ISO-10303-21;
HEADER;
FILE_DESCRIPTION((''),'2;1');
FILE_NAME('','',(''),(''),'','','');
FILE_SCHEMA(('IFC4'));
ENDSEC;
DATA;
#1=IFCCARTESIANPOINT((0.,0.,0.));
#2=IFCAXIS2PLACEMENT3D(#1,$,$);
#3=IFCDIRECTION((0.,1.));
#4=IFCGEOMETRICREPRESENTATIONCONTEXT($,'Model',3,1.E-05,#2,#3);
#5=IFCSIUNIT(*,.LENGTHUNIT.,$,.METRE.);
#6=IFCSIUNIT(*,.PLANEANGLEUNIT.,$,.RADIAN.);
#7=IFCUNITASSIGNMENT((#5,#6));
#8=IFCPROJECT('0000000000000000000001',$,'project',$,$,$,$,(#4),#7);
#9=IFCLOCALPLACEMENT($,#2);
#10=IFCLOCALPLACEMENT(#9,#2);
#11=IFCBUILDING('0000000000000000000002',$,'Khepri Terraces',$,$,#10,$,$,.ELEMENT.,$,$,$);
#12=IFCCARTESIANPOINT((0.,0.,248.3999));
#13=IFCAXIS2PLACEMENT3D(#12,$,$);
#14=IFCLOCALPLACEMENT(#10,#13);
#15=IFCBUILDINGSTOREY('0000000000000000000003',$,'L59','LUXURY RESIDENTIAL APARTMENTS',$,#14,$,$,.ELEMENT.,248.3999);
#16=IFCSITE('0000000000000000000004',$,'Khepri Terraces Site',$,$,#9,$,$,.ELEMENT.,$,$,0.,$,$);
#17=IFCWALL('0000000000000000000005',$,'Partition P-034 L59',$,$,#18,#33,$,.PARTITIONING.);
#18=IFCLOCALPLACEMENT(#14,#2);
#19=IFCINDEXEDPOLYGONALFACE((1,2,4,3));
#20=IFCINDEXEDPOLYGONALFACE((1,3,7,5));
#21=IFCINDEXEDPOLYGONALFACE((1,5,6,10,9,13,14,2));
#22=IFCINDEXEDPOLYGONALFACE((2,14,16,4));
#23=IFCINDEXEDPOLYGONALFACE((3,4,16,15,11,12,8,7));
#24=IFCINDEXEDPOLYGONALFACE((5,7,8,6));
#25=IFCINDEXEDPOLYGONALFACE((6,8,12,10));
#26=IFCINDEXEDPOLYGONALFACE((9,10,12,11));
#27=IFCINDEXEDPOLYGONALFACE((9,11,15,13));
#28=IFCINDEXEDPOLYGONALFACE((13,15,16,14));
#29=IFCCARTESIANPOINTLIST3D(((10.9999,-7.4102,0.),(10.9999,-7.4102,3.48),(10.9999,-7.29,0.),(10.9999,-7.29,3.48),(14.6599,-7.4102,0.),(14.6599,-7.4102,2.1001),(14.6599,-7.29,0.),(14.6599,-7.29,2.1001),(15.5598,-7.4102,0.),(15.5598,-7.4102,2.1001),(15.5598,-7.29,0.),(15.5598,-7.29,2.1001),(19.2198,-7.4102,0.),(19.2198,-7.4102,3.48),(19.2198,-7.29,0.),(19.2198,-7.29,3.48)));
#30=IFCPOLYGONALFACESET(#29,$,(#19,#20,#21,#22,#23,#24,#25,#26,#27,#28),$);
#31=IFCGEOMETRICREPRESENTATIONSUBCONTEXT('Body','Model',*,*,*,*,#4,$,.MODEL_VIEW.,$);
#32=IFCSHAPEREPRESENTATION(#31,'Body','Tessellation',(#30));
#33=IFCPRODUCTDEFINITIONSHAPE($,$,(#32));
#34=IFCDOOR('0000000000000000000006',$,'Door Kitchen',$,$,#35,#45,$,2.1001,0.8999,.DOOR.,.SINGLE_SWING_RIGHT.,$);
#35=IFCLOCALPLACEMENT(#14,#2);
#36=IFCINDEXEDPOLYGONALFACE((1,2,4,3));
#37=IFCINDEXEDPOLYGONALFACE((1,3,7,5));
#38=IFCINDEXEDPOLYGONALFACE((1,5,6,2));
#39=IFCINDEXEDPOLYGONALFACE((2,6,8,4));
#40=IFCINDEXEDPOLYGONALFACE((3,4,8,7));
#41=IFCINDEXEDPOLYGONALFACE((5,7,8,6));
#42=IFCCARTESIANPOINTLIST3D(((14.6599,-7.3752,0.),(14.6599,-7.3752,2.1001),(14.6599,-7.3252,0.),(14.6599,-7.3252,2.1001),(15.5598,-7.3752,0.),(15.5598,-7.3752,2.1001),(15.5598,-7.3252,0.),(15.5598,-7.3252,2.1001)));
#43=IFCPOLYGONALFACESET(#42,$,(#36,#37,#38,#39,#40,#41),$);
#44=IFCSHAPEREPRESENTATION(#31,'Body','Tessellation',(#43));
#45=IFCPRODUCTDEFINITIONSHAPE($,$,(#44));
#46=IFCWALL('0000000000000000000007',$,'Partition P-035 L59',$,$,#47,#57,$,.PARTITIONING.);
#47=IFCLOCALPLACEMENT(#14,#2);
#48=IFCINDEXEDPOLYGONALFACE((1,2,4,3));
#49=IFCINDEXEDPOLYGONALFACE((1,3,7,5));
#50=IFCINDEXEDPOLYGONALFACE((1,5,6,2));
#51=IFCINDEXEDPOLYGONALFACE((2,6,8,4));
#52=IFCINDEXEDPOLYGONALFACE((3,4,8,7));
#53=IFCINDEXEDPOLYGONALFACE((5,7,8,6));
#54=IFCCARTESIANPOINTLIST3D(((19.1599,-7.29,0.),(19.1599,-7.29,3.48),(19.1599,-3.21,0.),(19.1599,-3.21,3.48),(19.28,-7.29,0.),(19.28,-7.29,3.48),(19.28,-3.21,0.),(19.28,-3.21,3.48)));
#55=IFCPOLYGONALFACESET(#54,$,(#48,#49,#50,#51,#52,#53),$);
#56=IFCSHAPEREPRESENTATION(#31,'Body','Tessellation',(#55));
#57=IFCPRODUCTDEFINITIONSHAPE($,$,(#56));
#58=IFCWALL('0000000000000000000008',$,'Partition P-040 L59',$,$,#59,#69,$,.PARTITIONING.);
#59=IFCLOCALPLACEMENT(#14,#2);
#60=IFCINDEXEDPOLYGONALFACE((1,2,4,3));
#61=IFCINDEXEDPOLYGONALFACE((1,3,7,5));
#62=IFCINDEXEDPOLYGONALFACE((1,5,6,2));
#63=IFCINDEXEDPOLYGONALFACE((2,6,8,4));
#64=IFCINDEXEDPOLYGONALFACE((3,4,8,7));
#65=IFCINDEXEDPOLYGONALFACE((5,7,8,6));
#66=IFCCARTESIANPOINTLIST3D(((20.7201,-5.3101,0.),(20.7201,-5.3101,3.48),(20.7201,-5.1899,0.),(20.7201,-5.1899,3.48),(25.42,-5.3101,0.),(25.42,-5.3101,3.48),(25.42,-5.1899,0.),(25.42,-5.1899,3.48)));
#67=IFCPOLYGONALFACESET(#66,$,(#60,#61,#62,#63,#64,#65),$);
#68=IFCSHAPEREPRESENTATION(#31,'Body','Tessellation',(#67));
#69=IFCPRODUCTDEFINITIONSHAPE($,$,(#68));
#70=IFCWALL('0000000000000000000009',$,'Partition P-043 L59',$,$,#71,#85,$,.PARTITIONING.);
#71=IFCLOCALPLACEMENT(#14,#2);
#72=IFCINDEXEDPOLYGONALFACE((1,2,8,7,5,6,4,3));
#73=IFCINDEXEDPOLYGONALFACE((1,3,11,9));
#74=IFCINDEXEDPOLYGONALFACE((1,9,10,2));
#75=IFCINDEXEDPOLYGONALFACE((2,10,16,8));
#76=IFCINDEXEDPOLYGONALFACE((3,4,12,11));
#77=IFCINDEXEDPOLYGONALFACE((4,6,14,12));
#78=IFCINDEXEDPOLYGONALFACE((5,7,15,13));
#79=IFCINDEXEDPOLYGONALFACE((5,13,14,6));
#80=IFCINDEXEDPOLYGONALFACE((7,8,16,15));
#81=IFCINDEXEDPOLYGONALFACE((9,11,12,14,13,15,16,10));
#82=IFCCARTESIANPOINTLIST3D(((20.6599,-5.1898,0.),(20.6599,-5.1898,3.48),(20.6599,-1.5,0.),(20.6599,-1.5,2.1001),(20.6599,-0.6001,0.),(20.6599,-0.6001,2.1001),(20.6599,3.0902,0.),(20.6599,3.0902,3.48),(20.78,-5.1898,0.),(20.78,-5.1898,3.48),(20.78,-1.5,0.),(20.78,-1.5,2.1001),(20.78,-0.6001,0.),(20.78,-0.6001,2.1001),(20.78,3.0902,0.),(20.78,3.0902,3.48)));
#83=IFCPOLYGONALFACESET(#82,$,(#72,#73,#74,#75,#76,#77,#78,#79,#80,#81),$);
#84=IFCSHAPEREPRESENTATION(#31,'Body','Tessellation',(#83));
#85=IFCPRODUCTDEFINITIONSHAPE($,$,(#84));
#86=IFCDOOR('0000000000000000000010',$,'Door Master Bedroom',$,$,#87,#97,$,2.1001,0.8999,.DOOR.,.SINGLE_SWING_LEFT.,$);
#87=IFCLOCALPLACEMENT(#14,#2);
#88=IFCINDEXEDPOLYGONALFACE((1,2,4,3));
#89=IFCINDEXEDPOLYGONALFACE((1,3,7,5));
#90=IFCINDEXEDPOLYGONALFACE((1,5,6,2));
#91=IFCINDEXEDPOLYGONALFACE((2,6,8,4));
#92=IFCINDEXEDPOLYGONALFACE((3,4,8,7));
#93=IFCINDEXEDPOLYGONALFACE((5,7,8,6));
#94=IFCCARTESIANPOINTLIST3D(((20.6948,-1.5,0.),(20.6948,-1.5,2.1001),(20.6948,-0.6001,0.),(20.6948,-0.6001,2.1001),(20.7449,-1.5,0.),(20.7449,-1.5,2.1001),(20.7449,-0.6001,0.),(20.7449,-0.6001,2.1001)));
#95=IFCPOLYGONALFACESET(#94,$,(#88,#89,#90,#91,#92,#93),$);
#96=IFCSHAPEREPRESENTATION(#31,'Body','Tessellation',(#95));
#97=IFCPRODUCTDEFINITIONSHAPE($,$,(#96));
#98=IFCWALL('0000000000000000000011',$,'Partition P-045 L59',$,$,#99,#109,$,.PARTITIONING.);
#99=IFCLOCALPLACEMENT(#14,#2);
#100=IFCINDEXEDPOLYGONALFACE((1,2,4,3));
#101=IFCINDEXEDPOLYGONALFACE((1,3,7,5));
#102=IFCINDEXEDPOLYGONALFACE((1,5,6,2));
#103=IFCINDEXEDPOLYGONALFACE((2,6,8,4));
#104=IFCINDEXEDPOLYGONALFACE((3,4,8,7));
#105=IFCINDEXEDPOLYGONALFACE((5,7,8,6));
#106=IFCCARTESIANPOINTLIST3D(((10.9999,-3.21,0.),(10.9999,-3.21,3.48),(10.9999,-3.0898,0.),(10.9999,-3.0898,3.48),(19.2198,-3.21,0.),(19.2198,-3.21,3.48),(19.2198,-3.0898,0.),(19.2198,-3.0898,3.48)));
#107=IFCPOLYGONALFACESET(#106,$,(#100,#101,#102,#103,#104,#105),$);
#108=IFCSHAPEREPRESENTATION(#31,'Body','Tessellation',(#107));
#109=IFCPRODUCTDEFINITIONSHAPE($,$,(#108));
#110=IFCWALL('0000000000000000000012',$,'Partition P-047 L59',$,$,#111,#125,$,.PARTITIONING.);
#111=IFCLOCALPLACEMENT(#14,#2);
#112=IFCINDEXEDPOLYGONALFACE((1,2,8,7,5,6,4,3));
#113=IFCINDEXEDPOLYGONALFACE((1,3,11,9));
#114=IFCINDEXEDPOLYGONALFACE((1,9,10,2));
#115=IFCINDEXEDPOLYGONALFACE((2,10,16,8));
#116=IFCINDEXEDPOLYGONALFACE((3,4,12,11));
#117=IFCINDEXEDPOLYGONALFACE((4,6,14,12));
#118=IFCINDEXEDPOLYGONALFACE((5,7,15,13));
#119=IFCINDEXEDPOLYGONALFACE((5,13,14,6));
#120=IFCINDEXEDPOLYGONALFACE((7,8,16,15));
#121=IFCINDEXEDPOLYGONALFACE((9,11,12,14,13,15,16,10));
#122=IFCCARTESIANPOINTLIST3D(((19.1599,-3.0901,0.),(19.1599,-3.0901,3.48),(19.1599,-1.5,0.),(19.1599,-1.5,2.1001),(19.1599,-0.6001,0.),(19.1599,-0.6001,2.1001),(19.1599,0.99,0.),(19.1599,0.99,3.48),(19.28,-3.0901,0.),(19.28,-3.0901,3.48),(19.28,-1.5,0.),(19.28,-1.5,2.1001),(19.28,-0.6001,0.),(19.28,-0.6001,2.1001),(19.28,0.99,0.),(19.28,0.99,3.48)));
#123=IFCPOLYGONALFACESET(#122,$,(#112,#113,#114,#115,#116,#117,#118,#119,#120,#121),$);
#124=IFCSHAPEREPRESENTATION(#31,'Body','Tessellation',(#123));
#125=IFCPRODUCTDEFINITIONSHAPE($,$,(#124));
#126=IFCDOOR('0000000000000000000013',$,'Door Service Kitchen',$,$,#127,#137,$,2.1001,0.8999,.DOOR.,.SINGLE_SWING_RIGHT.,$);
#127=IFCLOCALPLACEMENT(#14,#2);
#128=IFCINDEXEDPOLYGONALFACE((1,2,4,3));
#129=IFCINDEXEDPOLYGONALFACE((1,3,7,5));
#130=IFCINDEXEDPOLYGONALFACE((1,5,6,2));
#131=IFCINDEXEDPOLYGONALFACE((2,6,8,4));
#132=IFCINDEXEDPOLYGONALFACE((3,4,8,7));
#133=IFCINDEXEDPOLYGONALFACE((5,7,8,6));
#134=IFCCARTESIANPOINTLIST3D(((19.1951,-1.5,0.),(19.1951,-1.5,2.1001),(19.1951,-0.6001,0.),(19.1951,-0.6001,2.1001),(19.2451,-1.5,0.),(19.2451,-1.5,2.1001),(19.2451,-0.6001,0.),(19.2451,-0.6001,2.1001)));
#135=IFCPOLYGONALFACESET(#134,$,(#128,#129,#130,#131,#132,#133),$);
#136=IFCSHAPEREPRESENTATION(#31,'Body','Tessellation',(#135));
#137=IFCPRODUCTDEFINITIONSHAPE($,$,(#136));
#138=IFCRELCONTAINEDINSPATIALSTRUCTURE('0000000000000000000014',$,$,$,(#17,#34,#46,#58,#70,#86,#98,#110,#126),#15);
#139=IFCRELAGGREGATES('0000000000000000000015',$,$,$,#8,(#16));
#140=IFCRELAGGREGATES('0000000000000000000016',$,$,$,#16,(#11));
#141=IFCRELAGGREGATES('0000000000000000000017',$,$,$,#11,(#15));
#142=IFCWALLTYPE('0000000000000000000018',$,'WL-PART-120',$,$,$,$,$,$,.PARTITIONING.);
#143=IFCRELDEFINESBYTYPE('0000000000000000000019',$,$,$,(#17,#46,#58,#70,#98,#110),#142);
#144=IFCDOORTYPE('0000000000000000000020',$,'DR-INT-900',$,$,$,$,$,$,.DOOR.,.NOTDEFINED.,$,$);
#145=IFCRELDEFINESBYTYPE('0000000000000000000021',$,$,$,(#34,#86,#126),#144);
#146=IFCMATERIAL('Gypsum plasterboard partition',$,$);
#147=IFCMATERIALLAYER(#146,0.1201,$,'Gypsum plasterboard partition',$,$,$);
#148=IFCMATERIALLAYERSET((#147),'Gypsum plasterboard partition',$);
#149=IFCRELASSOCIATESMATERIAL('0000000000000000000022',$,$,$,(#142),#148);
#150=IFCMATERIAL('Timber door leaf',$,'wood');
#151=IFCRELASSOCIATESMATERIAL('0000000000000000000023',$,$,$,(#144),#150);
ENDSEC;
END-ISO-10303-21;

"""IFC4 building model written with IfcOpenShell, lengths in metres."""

from ifc_helpers import new_model, si_unit, direction, frame, frame_2d, origin, place, context, subcontext, project, spatial, rectangle, extrude, material, layer, layer_set, type_object, element, fill, save


model = new_model("IFC4")

# Units and contexts
model_context = context("Model", 3, precision=1e-05, world=origin(), true_north=direction((0.0, 1.0)))
body_context = subcontext(model_context, "Body", "Model", "MODEL_VIEW")
ifc_project = project(units=[si_unit("LENGTHUNIT", "METRE"), si_unit("PLANEANGLEUNIT", "RADIAN")], contexts=[model_context])

# Site, building, storey
site_placement = place(None, origin())
site = spatial("IfcSite", under=ifc_project, at=site_placement, Name="Khepri Terraces Site", CompositionType="ELEMENT", RefElevation=0.0)
building_placement = place(site_placement, origin())
building = spatial("IfcBuilding", under=site, at=building_placement, Name="Khepri Terraces", CompositionType="ELEMENT")
storey_placement = place(building_placement, frame((0.0, 0.0, 248.3999)))
storey = spatial("IfcBuildingStorey", under=building, at=storey_placement, Name="L59", Description="LUXURY RESIDENTIAL APARTMENTS", CompositionType="ELEMENT", Elevation=248.3999)

# Shared definitions
ifc_material_1 = material(Name="Gypsum plasterboard partition")
ifc_layer_1 = layer(ifc_material_1, 0.1201, Name="Gypsum plasterboard partition")
ifc_layer_set_1 = layer_set([ifc_layer_1], Name="Gypsum plasterboard partition")
wall_type_1 = type_object("IfcWallType", Name="WL-PART-120", PredefinedType="PARTITIONING", material=ifc_layer_set_1)
ifc_material_2 = material(Name="Timber door leaf", Category="wood")
door_type_1 = type_object("IfcDoorType", Name="DR-INT-900", OperationType="NOTDEFINED", PredefinedType="DOOR", material=ifc_material_2)

# Wall, opening, door
wall_1_placement = place(storey_placement, frame((11.0, -7.3501, 0.0), z_axis=(0.0, 0.0, 1.0), x_axis=(1.0, 0.0, 0.0)))
wall_1 = element("IfcWall", 1, at=wall_1_placement, inside=storey, type_object=wall_type_1, Name="Partition P-034 L59", PredefinedType="PARTITIONING", context=body_context, shape_type="SweptSolid", body=[
    extrude(rectangle(XDim=8.22, YDim=0.1201, at=frame_2d((4.1099, 0.0))), origin(), (0.0, 0.0, 1.0), 3.48),
])
opening_1_placement = place(wall_1_placement, frame((3.6599, 0.0, 0.0)))
opening_1 = element("IfcOpeningElement", 2, at=opening_1_placement, cuts=wall_1, PredefinedType="OPENING", context=body_context, shape_type="SweptSolid", body=[
    extrude(rectangle(XDim=0.8999, YDim=2.1001, at=frame_2d((0.45, 1.05))), frame((0.0, 0.0701, 0.0), z_axis=(0.0, -1.0, 0.0), x_axis=(1.0, 0.0, 0.0)), (0.0, 0.0, 1.0), 0.1401),
])
door_1_placement = place(opening_1_placement, origin())
door_1 = element("IfcDoor", 3, at=door_1_placement, inside=storey, type_object=door_type_1, Name="Door Kitchen", OperationType="SINGLE_SWING_RIGHT", OverallHeight=2.1001, OverallWidth=0.8999, PredefinedType="DOOR", context=body_context, shape_type="SweptSolid", body=[
    extrude(rectangle(XDim=0.8999, YDim=2.1001, at=frame_2d((0.45, 1.05))), frame((0.0, 0.0249, 0.0), z_axis=(0.0, -1.0, 0.0), x_axis=(1.0, 0.0, 0.0)), (0.0, 0.0, 1.0), 0.05),
])
fill(opening_1, door_1)

# Walls
wall_2_placement = place(storey_placement, frame((19.22, -7.29, 0.0), z_axis=(0.0, 0.0, 1.0), x_axis=(0.0, 1.0, 0.0)))
element("IfcWall", 4, at=wall_2_placement, inside=storey, type_object=wall_type_1, Name="Partition P-035 L59", PredefinedType="PARTITIONING", context=body_context, shape_type="SweptSolid", body=[
    extrude(rectangle(XDim=4.0801, YDim=0.1201, at=frame_2d((2.04, 0.0))), origin(), (0.0, 0.0, 1.0), 3.48),
])
wall_3_placement = place(storey_placement, frame((20.72, -5.25, 0.0), z_axis=(0.0, 0.0, 1.0), x_axis=(1.0, 0.0, 0.0)))
element("IfcWall", 5, at=wall_3_placement, inside=storey, type_object=wall_type_1, Name="Partition P-040 L59", PredefinedType="PARTITIONING", context=body_context, shape_type="SweptSolid", body=[
    extrude(rectangle(XDim=4.7, YDim=0.1201, at=frame_2d((2.3501, 0.0))), origin(), (0.0, 0.0, 1.0), 3.48),
])

# Wall, opening, door
wall_4_placement = place(storey_placement, frame((20.72, -5.1899, 0.0), z_axis=(0.0, 0.0, 1.0), x_axis=(0.0, 1.0, 0.0)))
wall_4 = element("IfcWall", 6, at=wall_4_placement, inside=storey, type_object=wall_type_1, Name="Partition P-043 L59", PredefinedType="PARTITIONING", context=body_context, shape_type="SweptSolid", body=[
    extrude(rectangle(XDim=8.28, YDim=0.1201, at=frame_2d((4.1401, 0.0))), origin(), (0.0, 0.0, 1.0), 3.48),
])
opening_2_placement = place(wall_4_placement, frame((3.6899, 0.0, 0.0)))
opening_2 = element("IfcOpeningElement", 7, at=opening_2_placement, cuts=wall_4, PredefinedType="OPENING", context=body_context, shape_type="SweptSolid", body=[
    extrude(rectangle(XDim=0.8999, YDim=2.1001, at=frame_2d((0.45, 1.05))), frame((0.0, 0.0701, 0.0), z_axis=(0.0, -1.0, 0.0), x_axis=(1.0, 0.0, 0.0)), (0.0, 0.0, 1.0), 0.1401),
])
door_2_placement = place(opening_2_placement, frame((0.8999, 0.0, 0.0), z_axis=(0.0, 0.0, 1.0), x_axis=(-1.0, 0.0, 0.0)))
door_2 = element("IfcDoor", 8, at=door_2_placement, inside=storey, type_object=door_type_1, Name="Door Master Bedroom", OperationType="SINGLE_SWING_LEFT", OverallHeight=2.1001, OverallWidth=0.8999, PredefinedType="DOOR", context=body_context, shape_type="SweptSolid", body=[
    extrude(rectangle(XDim=0.8999, YDim=2.1001, at=frame_2d((0.45, 1.05))), frame((0.0, 0.0249, 0.0), z_axis=(0.0, -1.0, 0.0), x_axis=(1.0, 0.0, 0.0)), (0.0, 0.0, 1.0), 0.05),
])
fill(opening_2, door_2)

# Wall
wall_5_placement = place(storey_placement, frame((11.0, -3.1499, 0.0), z_axis=(0.0, 0.0, 1.0), x_axis=(1.0, 0.0, 0.0)))
element("IfcWall", 9, at=wall_5_placement, inside=storey, type_object=wall_type_1, Name="Partition P-045 L59", PredefinedType="PARTITIONING", context=body_context, shape_type="SweptSolid", body=[
    extrude(rectangle(XDim=8.22, YDim=0.1201, at=frame_2d((4.1099, 0.0))), origin(), (0.0, 0.0, 1.0), 3.48),
])

# Wall, opening, door
wall_6_placement = place(storey_placement, frame((19.22, -3.0901, 0.0), z_axis=(0.0, 0.0, 1.0), x_axis=(0.0, 1.0, 0.0)))
wall_6 = element("IfcWall", 10, at=wall_6_placement, inside=storey, type_object=wall_type_1, Name="Partition P-047 L59", PredefinedType="PARTITIONING", context=body_context, shape_type="SweptSolid", body=[
    extrude(rectangle(XDim=4.0801, YDim=0.1201, at=frame_2d((2.04, 0.0))), origin(), (0.0, 0.0, 1.0), 3.48),
])
opening_3_placement = place(wall_6_placement, frame((1.5901, 0.0, 0.0)))
opening_3 = element("IfcOpeningElement", 11, at=opening_3_placement, cuts=wall_6, PredefinedType="OPENING", context=body_context, shape_type="SweptSolid", body=[
    extrude(rectangle(XDim=0.8999, YDim=2.1001, at=frame_2d((0.45, 1.05))), frame((0.0, 0.0701, 0.0), z_axis=(0.0, -1.0, 0.0), x_axis=(1.0, 0.0, 0.0)), (0.0, 0.0, 1.0), 0.1401),
])
door_3_placement = place(opening_3_placement, origin())
door_3 = element("IfcDoor", 12, at=door_3_placement, inside=storey, type_object=door_type_1, Name="Door Service Kitchen", OperationType="SINGLE_SWING_RIGHT", OverallHeight=2.1001, OverallWidth=0.8999, PredefinedType="DOOR", context=body_context, shape_type="SweptSolid", body=[
    extrude(rectangle(XDim=0.8999, YDim=2.1001, at=frame_2d((0.45, 1.05))), frame((0.0, 0.0249, 0.0), z_axis=(0.0, -1.0, 0.0), x_axis=(1.0, 0.0, 0.0)), (0.0, 0.0, 1.0), 0.05),
])
fill(opening_3, door_3)

save(model, "model.ifc")
